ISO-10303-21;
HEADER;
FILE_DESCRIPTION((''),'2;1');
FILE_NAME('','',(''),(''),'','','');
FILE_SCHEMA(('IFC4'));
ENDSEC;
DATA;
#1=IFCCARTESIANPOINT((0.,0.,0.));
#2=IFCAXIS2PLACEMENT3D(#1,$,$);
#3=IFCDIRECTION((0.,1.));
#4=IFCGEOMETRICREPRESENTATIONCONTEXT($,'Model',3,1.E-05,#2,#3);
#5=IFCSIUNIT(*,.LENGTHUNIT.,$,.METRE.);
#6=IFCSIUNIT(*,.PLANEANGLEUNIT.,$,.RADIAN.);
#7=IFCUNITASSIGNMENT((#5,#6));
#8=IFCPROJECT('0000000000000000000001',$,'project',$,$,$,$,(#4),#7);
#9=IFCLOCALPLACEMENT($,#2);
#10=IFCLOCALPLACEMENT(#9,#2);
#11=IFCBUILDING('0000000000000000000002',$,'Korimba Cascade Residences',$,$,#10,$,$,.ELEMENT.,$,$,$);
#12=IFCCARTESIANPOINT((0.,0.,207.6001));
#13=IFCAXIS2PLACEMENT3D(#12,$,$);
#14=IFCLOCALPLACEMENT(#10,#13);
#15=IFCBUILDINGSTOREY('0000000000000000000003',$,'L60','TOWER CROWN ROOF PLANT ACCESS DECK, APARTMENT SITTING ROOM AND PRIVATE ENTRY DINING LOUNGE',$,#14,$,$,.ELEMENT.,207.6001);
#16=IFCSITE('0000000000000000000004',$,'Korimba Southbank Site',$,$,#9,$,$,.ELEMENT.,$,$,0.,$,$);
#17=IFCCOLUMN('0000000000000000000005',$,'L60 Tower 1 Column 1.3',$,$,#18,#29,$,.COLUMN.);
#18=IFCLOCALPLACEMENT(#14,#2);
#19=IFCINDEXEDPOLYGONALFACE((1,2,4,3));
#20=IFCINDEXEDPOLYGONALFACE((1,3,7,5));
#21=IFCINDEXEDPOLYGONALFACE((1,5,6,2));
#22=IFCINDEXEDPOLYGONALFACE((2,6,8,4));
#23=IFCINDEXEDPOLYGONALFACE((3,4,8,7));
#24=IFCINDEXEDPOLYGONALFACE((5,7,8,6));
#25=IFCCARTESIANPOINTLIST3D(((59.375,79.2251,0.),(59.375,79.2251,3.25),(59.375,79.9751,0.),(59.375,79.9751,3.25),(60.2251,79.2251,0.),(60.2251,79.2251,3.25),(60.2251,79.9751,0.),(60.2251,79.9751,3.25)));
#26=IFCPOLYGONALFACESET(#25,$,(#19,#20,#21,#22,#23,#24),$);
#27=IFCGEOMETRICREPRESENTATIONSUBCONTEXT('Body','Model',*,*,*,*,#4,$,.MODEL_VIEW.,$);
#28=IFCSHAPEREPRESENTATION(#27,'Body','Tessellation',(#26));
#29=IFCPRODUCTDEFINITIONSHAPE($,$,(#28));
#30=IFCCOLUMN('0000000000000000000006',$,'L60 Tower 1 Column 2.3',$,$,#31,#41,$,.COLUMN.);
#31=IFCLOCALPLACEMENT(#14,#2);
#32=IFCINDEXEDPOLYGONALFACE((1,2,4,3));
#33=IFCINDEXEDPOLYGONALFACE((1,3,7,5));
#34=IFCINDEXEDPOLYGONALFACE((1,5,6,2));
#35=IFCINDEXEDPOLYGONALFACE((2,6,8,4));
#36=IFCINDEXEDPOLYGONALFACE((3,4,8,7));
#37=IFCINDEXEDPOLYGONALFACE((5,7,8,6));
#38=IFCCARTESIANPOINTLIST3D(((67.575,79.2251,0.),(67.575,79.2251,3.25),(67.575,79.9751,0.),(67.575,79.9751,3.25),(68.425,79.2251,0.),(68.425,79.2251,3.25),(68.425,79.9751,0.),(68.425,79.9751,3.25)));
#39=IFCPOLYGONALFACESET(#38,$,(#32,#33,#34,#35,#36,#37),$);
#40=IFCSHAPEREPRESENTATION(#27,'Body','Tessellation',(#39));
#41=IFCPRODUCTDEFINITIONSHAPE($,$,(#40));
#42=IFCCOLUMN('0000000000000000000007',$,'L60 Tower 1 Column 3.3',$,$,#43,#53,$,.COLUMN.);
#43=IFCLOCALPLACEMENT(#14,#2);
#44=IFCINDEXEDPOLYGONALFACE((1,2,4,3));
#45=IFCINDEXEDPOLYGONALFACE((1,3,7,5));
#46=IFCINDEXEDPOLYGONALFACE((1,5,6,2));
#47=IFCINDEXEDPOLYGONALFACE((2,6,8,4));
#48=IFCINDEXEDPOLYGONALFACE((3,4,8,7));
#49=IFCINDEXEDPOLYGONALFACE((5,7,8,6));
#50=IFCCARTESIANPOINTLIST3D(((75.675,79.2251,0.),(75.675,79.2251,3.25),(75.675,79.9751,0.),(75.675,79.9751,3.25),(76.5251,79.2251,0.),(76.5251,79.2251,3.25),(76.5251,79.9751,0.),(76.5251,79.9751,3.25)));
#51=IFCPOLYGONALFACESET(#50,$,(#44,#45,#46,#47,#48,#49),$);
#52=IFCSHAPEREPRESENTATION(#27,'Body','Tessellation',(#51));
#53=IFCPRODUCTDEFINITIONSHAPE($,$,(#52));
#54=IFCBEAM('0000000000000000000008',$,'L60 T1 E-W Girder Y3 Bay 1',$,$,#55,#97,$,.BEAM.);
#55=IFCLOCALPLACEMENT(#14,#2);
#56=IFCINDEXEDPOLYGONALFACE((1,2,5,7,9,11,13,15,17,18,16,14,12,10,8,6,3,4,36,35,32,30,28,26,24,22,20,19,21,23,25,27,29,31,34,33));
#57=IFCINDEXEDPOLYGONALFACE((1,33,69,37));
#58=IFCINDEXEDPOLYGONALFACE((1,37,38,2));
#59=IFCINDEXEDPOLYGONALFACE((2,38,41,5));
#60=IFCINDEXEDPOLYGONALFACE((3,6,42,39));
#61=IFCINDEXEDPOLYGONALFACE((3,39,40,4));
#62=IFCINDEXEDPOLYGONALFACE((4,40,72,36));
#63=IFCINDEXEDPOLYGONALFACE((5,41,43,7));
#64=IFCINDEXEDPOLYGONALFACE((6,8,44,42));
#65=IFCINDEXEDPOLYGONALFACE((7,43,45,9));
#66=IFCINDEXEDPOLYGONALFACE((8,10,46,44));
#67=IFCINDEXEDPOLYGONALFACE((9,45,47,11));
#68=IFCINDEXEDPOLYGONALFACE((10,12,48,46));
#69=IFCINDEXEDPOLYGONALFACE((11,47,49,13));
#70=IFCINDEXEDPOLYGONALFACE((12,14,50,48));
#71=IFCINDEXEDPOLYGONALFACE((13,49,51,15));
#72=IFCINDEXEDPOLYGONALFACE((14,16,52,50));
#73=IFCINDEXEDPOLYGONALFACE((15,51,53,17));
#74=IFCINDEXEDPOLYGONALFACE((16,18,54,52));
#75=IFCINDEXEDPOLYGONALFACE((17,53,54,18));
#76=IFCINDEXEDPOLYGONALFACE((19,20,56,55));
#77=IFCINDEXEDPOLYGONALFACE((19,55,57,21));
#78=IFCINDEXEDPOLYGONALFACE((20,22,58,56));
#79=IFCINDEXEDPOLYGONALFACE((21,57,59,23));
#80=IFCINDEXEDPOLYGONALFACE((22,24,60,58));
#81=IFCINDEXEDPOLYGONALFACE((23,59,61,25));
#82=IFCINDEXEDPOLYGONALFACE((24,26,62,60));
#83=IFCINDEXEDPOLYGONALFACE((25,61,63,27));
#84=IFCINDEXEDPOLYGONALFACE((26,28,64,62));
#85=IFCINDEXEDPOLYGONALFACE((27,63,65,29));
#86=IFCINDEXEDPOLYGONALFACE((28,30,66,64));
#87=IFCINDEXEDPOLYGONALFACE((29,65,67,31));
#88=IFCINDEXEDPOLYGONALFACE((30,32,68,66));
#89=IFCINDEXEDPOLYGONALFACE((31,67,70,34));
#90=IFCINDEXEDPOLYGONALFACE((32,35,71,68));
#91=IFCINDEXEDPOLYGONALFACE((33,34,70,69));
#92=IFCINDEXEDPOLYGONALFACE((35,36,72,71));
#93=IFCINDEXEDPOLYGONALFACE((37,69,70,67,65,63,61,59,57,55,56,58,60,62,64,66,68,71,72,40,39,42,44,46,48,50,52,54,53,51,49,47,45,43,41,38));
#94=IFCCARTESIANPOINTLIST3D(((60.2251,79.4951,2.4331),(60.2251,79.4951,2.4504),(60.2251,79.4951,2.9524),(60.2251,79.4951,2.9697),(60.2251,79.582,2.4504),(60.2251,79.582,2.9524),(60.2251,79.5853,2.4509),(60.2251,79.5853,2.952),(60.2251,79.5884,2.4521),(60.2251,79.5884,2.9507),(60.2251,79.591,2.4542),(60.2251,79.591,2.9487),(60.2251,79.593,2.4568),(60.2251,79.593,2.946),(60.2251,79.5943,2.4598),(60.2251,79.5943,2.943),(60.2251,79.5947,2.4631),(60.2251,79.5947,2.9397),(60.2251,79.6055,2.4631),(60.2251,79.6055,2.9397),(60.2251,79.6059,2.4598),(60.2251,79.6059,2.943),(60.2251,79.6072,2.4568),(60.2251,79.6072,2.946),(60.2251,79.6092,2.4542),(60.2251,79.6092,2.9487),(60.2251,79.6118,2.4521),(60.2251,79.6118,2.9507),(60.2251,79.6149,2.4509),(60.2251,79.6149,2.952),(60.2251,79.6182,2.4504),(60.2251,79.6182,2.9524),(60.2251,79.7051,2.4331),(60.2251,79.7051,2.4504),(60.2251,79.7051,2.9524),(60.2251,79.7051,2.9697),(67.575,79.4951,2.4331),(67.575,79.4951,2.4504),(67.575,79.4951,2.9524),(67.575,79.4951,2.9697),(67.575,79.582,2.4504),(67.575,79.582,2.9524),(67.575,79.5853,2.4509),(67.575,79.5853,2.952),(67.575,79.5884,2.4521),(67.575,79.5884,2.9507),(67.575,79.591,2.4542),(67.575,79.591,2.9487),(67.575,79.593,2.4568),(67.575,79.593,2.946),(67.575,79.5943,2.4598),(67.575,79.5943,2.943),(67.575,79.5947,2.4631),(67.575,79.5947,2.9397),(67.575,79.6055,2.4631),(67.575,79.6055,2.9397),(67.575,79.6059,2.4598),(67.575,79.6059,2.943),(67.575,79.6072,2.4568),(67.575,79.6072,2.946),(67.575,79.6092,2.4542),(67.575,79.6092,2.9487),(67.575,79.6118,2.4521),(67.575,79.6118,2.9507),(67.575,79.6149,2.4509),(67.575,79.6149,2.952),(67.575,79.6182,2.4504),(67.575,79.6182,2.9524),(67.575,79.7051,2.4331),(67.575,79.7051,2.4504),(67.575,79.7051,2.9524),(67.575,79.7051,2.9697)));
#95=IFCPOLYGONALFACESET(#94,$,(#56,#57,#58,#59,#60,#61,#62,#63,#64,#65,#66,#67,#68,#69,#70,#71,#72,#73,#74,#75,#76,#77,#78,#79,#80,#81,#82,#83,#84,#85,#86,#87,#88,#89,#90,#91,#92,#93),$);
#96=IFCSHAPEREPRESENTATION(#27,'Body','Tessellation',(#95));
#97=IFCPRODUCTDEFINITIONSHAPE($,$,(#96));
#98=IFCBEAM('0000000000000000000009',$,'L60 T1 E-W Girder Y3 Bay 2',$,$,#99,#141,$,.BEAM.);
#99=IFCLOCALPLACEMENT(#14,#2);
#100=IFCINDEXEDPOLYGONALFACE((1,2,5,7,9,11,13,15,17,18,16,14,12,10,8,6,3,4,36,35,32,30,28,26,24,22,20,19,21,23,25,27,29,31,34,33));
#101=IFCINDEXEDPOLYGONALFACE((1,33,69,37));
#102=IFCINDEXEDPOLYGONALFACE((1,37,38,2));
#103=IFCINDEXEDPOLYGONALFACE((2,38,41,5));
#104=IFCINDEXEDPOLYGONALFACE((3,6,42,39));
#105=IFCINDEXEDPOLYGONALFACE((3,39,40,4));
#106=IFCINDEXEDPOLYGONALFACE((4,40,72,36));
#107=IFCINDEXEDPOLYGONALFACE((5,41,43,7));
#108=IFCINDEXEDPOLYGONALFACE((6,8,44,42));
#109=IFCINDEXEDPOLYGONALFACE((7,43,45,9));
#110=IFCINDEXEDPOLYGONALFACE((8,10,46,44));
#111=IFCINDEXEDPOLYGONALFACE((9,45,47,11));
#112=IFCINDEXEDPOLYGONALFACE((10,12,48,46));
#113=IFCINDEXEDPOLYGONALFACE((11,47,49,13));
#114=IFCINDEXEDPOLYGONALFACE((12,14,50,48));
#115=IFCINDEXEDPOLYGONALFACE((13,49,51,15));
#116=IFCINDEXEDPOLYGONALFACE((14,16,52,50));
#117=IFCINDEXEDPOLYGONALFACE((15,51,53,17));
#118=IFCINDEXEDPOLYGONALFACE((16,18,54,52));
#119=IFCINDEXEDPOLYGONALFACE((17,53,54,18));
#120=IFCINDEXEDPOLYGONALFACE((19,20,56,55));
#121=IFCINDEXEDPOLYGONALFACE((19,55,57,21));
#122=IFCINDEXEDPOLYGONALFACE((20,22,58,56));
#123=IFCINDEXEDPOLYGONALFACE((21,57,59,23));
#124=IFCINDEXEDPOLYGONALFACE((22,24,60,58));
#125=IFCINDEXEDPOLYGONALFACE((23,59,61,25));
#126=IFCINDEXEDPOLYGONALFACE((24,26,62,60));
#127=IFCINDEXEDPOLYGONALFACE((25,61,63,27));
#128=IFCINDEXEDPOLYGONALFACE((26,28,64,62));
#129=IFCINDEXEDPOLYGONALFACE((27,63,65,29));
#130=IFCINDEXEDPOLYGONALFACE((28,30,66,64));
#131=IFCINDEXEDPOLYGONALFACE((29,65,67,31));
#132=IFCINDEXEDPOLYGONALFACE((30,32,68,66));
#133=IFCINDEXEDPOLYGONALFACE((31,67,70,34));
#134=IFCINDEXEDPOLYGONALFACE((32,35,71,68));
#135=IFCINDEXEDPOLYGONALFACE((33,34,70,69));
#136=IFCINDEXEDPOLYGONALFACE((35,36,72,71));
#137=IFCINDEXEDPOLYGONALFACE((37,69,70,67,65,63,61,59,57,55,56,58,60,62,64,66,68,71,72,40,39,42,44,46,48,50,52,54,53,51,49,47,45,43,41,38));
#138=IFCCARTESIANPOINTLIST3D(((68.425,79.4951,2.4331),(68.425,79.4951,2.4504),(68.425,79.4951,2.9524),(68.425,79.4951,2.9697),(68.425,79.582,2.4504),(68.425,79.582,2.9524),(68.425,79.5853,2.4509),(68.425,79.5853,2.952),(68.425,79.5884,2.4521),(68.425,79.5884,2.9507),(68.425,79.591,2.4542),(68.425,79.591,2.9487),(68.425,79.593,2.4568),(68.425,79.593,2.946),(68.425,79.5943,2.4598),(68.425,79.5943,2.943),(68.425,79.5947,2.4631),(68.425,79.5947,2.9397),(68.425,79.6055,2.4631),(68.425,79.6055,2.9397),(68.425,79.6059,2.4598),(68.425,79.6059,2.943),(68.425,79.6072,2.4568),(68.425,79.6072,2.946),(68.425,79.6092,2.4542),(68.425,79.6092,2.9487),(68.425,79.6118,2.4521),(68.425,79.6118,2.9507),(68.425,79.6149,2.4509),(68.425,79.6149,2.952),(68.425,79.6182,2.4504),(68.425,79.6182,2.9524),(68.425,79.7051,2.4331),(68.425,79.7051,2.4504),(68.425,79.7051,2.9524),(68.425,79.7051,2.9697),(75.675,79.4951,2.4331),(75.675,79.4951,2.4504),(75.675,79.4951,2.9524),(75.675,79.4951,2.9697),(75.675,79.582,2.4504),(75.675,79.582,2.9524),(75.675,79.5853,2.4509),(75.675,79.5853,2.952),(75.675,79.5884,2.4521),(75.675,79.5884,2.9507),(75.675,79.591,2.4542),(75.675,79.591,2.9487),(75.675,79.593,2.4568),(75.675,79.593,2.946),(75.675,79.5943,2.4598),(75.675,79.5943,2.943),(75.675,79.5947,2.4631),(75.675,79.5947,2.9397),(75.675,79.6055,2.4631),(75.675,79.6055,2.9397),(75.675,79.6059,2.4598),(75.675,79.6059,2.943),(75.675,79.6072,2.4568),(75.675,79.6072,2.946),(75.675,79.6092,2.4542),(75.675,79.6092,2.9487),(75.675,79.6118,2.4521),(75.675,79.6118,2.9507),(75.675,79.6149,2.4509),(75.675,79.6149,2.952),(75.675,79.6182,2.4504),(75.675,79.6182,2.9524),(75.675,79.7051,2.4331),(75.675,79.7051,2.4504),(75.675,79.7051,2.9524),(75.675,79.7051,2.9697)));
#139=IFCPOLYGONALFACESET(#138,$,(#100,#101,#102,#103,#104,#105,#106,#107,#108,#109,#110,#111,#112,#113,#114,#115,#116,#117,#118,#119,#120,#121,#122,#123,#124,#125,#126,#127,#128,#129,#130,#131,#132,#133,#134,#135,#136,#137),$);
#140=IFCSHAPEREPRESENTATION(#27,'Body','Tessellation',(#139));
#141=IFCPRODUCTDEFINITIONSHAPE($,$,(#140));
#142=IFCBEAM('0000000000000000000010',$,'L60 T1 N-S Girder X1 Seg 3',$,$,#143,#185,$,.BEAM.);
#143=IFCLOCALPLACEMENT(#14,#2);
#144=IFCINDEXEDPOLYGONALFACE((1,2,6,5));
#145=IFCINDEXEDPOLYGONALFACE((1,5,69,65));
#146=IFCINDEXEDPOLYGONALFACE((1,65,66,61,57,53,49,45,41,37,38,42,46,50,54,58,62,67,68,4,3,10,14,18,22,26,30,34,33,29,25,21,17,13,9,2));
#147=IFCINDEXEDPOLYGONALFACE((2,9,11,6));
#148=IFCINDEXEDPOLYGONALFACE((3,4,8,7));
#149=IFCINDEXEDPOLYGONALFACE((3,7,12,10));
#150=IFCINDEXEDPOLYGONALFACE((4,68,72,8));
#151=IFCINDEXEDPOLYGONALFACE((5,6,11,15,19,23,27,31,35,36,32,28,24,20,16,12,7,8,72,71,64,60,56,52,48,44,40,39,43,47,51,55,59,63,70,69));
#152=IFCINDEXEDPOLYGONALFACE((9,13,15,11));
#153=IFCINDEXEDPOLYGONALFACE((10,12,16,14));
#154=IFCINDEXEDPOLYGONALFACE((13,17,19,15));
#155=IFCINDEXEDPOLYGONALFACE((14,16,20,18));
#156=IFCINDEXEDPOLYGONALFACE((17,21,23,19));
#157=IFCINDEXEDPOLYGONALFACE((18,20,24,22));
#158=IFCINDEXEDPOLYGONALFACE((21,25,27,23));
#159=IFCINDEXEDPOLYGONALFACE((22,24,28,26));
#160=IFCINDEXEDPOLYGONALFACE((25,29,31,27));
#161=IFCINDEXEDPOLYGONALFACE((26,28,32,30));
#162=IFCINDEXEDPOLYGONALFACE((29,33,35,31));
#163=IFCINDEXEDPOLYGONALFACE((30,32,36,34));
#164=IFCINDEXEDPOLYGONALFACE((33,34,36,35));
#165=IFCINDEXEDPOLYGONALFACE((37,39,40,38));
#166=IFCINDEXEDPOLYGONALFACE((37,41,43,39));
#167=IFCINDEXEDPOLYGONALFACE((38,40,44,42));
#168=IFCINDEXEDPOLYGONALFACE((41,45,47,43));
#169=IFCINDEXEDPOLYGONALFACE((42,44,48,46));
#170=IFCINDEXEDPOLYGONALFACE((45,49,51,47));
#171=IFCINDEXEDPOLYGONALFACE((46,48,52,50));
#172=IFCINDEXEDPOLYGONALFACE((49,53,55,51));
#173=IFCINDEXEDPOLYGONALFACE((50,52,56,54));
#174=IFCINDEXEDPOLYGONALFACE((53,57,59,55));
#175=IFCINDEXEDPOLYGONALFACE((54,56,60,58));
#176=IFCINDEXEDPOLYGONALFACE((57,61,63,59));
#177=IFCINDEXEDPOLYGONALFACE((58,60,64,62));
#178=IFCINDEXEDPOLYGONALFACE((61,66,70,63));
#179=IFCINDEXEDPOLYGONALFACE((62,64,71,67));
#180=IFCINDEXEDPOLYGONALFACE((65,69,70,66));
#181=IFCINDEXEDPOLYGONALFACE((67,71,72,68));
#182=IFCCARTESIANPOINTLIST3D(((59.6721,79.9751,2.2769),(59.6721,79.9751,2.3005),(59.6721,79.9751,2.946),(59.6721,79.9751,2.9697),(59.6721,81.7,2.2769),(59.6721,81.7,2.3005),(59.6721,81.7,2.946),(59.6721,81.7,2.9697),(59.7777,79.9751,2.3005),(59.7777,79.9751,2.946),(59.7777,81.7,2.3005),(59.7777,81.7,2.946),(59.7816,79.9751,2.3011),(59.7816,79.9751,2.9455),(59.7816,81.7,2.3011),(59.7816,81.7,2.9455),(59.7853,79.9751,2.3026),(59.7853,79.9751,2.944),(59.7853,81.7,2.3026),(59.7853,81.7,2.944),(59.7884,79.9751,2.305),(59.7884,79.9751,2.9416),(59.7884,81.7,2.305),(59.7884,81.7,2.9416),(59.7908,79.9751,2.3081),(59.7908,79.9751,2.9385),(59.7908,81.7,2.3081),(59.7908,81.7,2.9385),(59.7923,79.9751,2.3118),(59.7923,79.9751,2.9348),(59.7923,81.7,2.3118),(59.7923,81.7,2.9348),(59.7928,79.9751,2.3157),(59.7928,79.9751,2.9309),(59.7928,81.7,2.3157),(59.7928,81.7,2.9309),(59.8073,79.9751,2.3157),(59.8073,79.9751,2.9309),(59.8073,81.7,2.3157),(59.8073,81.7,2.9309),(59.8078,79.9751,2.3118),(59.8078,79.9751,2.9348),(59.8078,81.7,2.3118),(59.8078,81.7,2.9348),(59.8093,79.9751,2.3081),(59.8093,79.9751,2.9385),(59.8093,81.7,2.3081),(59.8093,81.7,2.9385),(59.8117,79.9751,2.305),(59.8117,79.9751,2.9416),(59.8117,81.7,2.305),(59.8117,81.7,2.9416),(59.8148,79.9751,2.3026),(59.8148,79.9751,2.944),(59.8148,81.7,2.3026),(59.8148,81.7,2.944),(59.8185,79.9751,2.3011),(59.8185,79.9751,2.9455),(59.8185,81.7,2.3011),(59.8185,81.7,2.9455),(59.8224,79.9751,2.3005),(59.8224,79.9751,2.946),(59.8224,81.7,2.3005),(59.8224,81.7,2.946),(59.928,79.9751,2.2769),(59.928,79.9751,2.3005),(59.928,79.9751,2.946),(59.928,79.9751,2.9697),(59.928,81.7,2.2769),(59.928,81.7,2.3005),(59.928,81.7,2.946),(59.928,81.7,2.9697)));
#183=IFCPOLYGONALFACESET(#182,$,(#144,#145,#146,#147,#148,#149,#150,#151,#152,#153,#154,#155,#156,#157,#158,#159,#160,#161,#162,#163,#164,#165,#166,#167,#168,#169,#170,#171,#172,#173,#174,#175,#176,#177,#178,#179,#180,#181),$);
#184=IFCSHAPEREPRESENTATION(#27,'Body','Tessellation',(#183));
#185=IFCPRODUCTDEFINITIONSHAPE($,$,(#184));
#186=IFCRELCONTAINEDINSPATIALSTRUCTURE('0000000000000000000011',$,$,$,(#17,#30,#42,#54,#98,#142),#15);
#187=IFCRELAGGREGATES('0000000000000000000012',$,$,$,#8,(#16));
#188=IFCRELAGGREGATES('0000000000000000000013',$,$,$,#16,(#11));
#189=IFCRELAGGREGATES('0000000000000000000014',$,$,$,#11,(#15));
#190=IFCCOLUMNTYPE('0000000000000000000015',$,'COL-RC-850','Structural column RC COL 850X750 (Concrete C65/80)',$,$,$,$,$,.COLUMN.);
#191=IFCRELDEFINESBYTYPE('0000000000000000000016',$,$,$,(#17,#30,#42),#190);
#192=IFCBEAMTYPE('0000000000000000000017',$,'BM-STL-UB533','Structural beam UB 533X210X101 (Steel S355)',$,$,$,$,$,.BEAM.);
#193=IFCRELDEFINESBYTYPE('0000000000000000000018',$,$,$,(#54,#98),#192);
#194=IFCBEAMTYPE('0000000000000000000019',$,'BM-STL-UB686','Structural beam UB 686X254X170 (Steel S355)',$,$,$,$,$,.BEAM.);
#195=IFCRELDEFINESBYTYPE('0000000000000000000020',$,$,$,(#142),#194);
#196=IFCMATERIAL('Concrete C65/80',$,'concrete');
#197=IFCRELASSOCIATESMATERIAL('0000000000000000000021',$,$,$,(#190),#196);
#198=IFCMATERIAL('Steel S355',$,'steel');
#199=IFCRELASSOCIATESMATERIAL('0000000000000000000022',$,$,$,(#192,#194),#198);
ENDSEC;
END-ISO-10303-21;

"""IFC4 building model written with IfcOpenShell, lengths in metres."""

from ifc_helpers import new_model, si_unit, direction, frame, origin, origin_2d, place, context, subcontext, project, spatial, rectangle, i_section, extrude, material, material_profile, profile_set, type_object, element, save


model = new_model("IFC4")

# Units and contexts
model_context = context("Model", 3, precision=1e-05, world=origin(), true_north=direction((0.0, 1.0)))
body_context = subcontext(model_context, "Body", "Model", "MODEL_VIEW")
ifc_project = project(units=[si_unit("LENGTHUNIT", "METRE"), si_unit("PLANEANGLEUNIT", "RADIAN")], contexts=[model_context])

# Site, building, storey
site_placement = place(None, origin())
site = spatial("IfcSite", under=ifc_project, at=site_placement, Name="Korimba Southbank Site", CompositionType="ELEMENT", RefElevation=0.0)
building_placement = place(site_placement, origin())
building = spatial("IfcBuilding", under=site, at=building_placement, Name="Korimba Cascade Residences", CompositionType="ELEMENT")
storey_placement = place(building_placement, frame((0.0, 0.0, 207.6001)))
storey = spatial("IfcBuildingStorey", under=building, at=storey_placement, Name="L60", Description="TOWER CROWN ROOF PLANT ACCESS DECK, APARTMENT SITTING ROOM AND PRIVATE ENTRY DINING LOUNGE", CompositionType="ELEMENT", Elevation=207.6001)

# Columns
ifc_material_1 = material(Name="Concrete C65/80", Category="concrete")
ifc_material_profile_1 = material_profile(ifc_material_1, rectangle(XDim=0.8501, YDim=0.75, at=origin_2d()), Name="Concrete C65/80")
ifc_profile_set_1 = profile_set([ifc_material_profile_1], Name="Concrete C65/80")
column_type = type_object("IfcColumnType", Name="COL-RC-850", Description="Structural column RC COL 850X750 (Concrete C65/80)", PredefinedType="COLUMN", material=ifc_profile_set_1)
for number, where, z_axis, x_axis, name in (
    (1, (59.8, 79.6001, 0.0), (0.0, 0.0, 1.0), (1.0, 0.0, 0.0), "L60 Tower 1 Column 1.3"),
    (2, (68.0, 79.6001, 0.0), (0.0, 0.0, 1.0), (1.0, 0.0, 0.0), "L60 Tower 1 Column 2.3"),
    (3, (76.1001, 79.6001, 0.0), (0.0, 0.0, 1.0), (1.0, 0.0, 0.0), "L60 Tower 1 Column 3.3"),
):
    element("IfcColumn", number, at=place(storey_placement, frame(where, z_axis=z_axis, x_axis=x_axis)), inside=storey, type_object=column_type, Name=name, PredefinedType="COLUMN", context=body_context, shape_type="SweptSolid", body=[
        extrude(rectangle(XDim=0.8501, YDim=0.75, at=origin_2d()), origin(), (0.0, 0.0, 1.0), 3.25),
    ])

# Beams
ifc_material_2 = material(Name="Steel S355", Category="steel")
ifc_material_profile_2 = material_profile(ifc_material_2, i_section(OverallWidth=0.21, OverallDepth=0.5366, WebThickness=0.0107, FlangeThickness=0.0173, FilletRadius=0.0127, at=origin_2d()), Name="Steel S355")
ifc_profile_set_2 = profile_set([ifc_material_profile_2], Name="Steel S355")
beam_type_1 = type_object("IfcBeamType", Name="BM-STL-UB533", Description="Structural beam UB 533X210X101 (Steel S355)", PredefinedType="BEAM", material=ifc_profile_set_2)
beam_1_placement = place(storey_placement, frame((60.2251, 79.6001, 2.7014), z_axis=(1.0, 0.0, 0.0), x_axis=(0.0, 1.0, 0.0)))
element("IfcBeam", 4, at=beam_1_placement, inside=storey, type_object=beam_type_1, Name="L60 T1 E-W Girder Y3 Bay 1", PredefinedType="BEAM", context=body_context, shape_type="SweptSolid", body=[
    extrude(i_section(OverallWidth=0.21, OverallDepth=0.5366, WebThickness=0.0107, FlangeThickness=0.0173, FilletRadius=0.0127, at=origin_2d()), origin(), (0.0, 0.0, 1.0), 7.3499),
])
beam_2_placement = place(storey_placement, frame((68.425, 79.6001, 2.7014), z_axis=(1.0, 0.0, 0.0), x_axis=(0.0, 1.0, 0.0)))
element("IfcBeam", 5, at=beam_2_placement, inside=storey, type_object=beam_type_1, Name="L60 T1 E-W Girder Y3 Bay 2", PredefinedType="BEAM", context=body_context, shape_type="SweptSolid", body=[
    extrude(i_section(OverallWidth=0.21, OverallDepth=0.5366, WebThickness=0.0107, FlangeThickness=0.0173, FilletRadius=0.0127, at=origin_2d()), origin(), (0.0, 0.0, 1.0), 7.25),
])
ifc_material_profile_3 = material_profile(ifc_material_2, i_section(OverallWidth=0.2559, OverallDepth=0.6929, WebThickness=0.0144, FlangeThickness=0.0237, FilletRadius=0.0151, at=origin_2d()), Name="Steel S355")
ifc_profile_set_3 = profile_set([ifc_material_profile_3], Name="Steel S355")
beam_type_2 = type_object("IfcBeamType", Name="BM-STL-UB686", Description="Structural beam UB 686X254X170 (Steel S355)", PredefinedType="BEAM", material=ifc_profile_set_3)
beam_3_placement = place(storey_placement, frame((59.8, 79.9751, 2.6233), z_axis=(0.0, 1.0, 0.0), x_axis=(-1.0, 0.0, 0.0)))
element("IfcBeam", 6, at=beam_3_placement, inside=storey, type_object=beam_type_2, Name="L60 T1 N-S Girder X1 Seg 3", PredefinedType="BEAM", context=body_context, shape_type="SweptSolid", body=[
    extrude(i_section(OverallWidth=0.2559, OverallDepth=0.6929, WebThickness=0.0144, FlangeThickness=0.0237, FilletRadius=0.0151, at=origin_2d()), origin(), (0.0, 0.0, 1.0), 1.7249),
])

save(model, "model.ifc")
